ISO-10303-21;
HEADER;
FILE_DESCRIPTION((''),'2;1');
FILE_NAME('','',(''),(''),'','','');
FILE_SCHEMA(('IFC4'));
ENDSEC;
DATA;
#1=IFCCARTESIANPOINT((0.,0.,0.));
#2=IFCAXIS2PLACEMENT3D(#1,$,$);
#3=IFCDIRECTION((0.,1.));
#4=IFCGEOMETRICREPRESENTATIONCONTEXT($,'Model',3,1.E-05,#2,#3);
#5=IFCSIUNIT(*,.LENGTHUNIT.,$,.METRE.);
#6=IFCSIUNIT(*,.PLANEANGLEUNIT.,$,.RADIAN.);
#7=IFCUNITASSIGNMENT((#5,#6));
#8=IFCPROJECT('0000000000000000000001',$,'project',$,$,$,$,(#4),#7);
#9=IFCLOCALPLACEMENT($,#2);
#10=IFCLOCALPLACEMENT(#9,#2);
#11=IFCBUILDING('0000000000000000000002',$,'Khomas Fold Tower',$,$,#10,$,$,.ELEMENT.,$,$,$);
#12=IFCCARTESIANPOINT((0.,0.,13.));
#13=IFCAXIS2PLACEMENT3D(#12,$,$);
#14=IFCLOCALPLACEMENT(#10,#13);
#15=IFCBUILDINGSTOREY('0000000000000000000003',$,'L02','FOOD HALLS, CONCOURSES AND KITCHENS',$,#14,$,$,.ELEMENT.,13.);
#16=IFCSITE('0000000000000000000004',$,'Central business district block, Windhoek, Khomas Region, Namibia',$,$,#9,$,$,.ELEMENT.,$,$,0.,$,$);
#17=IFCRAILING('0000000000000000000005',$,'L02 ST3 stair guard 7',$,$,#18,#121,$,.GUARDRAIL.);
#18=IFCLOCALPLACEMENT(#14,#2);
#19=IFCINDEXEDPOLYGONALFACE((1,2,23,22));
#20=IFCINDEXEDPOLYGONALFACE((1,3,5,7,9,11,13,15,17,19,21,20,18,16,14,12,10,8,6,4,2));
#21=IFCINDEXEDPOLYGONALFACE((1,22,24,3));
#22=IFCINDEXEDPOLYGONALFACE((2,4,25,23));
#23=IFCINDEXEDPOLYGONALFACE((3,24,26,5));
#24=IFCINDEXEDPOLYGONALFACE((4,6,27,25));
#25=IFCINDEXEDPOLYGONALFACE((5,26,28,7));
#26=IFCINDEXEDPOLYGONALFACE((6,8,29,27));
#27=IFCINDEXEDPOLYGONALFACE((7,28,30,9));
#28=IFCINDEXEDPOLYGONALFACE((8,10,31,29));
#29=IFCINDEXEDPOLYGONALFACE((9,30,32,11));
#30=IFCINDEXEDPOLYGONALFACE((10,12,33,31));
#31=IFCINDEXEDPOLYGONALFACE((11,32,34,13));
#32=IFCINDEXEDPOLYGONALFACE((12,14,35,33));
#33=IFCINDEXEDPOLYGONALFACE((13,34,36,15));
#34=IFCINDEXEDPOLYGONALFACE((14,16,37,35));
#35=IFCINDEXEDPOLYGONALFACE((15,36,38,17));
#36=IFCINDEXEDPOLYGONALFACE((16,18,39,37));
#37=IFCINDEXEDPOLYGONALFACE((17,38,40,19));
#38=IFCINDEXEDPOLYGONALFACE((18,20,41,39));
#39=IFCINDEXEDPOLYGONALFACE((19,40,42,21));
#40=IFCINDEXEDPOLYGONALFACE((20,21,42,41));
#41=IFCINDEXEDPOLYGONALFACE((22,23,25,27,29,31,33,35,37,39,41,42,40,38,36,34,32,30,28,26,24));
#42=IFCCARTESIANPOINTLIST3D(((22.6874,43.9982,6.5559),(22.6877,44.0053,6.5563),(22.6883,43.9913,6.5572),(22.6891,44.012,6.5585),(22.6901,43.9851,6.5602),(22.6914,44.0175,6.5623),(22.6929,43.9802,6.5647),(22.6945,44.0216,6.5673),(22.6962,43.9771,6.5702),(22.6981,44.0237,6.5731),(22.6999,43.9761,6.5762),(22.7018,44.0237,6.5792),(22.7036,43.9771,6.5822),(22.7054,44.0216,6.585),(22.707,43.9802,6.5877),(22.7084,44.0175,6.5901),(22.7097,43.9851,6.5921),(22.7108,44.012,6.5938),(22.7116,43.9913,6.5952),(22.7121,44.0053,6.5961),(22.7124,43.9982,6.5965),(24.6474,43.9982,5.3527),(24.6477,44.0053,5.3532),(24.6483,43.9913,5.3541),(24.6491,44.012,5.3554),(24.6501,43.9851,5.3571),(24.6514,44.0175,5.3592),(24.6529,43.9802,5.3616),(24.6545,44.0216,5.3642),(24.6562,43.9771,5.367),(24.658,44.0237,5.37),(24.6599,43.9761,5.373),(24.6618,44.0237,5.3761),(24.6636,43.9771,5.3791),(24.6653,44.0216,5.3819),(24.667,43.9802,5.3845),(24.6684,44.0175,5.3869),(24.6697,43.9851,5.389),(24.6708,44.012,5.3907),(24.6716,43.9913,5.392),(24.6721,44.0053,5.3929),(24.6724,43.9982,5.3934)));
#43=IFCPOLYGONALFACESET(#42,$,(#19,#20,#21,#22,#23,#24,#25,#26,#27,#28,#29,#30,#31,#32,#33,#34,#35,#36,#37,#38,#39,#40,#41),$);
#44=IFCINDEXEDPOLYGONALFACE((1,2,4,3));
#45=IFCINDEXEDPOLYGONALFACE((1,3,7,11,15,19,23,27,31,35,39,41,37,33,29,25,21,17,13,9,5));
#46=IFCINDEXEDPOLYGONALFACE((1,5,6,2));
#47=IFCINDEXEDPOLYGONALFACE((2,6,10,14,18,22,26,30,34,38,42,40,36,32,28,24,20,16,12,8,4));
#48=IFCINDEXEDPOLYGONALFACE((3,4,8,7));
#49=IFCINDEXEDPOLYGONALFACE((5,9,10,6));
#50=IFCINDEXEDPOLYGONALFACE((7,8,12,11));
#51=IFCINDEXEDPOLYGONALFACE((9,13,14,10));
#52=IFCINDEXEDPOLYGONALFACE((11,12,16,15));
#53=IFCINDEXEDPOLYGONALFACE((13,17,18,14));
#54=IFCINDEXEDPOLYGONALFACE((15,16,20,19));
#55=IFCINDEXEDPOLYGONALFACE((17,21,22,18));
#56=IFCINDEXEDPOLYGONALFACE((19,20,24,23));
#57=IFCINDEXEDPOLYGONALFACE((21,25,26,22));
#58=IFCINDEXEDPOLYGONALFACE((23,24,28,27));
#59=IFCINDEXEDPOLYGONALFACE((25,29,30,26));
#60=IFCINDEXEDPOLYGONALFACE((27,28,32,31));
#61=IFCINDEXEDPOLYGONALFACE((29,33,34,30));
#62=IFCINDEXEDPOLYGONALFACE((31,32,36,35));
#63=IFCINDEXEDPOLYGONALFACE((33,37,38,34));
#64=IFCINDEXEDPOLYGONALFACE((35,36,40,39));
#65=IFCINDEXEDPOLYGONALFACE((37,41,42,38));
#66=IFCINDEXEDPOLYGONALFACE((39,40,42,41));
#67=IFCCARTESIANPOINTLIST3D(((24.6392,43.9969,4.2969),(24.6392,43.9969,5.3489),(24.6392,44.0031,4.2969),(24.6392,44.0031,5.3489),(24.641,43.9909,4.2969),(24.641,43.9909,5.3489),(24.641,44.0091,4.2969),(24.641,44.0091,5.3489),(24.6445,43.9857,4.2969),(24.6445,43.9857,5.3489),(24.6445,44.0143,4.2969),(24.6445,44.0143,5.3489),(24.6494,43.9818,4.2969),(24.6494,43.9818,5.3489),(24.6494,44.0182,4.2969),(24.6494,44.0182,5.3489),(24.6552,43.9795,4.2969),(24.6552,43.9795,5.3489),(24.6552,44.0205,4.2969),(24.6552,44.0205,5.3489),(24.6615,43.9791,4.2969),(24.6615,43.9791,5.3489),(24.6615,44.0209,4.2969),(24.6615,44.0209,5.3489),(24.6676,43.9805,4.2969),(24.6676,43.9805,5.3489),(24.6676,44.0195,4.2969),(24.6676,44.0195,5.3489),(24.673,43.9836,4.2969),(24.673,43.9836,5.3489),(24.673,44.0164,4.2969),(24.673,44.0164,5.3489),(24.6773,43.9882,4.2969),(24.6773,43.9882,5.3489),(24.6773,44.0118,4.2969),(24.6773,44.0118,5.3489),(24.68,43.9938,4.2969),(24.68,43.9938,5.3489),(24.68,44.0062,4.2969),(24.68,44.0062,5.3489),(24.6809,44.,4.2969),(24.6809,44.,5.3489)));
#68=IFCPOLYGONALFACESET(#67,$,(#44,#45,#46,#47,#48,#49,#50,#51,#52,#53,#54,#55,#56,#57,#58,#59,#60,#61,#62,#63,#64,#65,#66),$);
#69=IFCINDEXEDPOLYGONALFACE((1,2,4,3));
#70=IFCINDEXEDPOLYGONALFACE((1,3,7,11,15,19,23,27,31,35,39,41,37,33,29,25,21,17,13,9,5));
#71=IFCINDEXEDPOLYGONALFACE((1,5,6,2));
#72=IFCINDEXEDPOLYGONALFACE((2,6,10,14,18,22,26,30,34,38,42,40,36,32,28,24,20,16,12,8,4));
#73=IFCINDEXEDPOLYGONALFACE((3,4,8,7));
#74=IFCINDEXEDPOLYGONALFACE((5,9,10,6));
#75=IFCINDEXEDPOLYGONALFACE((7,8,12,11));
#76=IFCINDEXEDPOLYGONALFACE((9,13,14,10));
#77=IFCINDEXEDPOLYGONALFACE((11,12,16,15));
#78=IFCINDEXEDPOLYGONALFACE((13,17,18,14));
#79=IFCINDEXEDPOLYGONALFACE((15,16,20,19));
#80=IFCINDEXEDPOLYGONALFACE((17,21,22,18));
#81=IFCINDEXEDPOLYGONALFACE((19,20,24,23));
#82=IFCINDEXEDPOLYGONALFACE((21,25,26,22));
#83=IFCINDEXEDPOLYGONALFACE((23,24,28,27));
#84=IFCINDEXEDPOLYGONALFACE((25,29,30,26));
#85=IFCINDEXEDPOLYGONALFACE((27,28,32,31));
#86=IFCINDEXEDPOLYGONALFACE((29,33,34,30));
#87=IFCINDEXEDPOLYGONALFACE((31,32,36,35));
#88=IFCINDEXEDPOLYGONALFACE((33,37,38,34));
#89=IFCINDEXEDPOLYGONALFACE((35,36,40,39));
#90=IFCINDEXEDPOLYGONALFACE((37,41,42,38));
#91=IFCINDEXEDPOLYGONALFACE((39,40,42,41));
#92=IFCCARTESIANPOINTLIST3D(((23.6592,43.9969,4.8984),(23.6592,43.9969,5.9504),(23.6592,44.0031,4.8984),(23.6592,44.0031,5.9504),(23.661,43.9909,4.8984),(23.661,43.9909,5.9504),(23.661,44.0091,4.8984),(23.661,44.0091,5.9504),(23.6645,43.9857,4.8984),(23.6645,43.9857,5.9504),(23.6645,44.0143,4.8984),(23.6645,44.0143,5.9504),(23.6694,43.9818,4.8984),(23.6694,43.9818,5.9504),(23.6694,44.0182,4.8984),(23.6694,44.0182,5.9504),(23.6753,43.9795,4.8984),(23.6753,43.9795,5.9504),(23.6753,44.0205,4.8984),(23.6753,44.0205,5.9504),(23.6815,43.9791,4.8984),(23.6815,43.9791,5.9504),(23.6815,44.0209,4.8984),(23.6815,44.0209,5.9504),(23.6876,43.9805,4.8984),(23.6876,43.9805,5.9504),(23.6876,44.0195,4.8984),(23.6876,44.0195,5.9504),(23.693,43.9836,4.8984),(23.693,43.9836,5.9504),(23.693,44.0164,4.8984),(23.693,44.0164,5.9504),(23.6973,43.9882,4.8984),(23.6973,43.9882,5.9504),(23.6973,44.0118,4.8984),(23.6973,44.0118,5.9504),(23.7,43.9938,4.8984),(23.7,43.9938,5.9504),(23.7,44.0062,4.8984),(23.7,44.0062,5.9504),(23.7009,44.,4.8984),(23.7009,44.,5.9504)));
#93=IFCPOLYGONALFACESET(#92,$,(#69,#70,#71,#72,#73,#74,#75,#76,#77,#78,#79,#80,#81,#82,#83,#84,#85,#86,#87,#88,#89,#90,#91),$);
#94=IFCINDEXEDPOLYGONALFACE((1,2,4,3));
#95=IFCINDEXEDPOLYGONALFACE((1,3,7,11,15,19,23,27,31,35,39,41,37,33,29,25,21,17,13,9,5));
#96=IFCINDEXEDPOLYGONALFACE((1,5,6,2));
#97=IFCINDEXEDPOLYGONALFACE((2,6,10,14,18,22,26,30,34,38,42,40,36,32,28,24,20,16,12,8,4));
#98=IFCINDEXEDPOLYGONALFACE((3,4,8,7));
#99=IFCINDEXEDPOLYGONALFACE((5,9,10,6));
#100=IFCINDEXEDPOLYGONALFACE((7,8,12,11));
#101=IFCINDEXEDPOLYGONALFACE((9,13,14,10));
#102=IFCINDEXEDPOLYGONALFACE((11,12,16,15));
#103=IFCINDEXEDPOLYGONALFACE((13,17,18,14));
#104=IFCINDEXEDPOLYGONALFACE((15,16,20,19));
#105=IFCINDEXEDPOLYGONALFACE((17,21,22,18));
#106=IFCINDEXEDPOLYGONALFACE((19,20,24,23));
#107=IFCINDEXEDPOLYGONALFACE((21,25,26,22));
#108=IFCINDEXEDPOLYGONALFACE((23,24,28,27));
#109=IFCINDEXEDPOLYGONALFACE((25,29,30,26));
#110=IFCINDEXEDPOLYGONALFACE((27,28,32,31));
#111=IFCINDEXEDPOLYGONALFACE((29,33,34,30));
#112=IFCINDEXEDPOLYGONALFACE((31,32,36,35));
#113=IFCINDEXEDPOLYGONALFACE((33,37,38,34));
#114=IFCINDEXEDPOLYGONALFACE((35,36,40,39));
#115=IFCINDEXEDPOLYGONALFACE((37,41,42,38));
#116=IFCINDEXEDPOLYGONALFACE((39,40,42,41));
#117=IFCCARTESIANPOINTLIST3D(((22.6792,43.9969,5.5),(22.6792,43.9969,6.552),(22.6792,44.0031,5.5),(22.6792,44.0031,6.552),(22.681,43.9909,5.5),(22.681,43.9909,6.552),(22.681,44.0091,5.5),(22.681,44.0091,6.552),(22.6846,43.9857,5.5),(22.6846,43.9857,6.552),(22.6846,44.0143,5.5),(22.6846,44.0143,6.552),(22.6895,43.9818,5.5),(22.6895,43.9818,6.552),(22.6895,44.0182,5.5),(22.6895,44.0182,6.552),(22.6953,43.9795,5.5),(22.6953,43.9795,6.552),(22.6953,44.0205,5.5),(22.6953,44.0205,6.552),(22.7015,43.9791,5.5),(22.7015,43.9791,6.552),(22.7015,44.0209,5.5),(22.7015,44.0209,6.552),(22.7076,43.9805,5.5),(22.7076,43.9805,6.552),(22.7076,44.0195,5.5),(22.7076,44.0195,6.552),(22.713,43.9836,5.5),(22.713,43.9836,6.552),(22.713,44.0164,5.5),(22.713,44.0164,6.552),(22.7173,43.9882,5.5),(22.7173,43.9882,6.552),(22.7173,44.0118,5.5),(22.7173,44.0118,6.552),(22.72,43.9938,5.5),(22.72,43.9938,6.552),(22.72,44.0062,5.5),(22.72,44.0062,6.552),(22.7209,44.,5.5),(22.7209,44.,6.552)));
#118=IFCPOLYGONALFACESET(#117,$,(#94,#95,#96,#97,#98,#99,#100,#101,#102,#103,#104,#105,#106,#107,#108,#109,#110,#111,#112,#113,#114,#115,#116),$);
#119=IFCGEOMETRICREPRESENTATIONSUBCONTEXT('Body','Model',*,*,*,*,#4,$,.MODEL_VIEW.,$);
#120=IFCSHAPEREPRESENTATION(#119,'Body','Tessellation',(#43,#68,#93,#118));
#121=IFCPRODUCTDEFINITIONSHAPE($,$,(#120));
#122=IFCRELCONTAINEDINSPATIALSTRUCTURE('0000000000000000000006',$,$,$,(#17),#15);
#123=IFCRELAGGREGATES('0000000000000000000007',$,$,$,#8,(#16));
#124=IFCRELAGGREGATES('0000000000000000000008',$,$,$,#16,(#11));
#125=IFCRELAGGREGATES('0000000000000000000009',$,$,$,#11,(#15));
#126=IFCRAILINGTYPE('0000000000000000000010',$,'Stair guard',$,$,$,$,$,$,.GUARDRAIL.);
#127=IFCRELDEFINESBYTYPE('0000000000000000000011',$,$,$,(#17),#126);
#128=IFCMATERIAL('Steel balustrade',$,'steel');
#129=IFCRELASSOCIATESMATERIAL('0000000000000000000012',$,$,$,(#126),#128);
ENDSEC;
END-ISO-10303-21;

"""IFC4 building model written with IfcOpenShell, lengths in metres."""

from ifc_helpers import new_model, si_unit, direction, frame, origin, origin_2d, place, context, subcontext, project, spatial, circle, extrude, source, transform, mapped, material, type_object, element, save


model = new_model("IFC4")

# Units and contexts
model_context = context("Model", 3, precision=1e-05, world=origin(), true_north=direction((0.0, 1.0)))
body_context = subcontext(model_context, "Body", "Model", "MODEL_VIEW")
ifc_project = project(units=[si_unit("LENGTHUNIT", "METRE"), si_unit("PLANEANGLEUNIT", "RADIAN")], contexts=[model_context])

# Site, building, storey
site_placement = place(None, origin())
site = spatial("IfcSite", under=ifc_project, at=site_placement, Name="Central business district block, Windhoek, Khomas Region, Namibia", CompositionType="ELEMENT", RefElevation=0.0)
building_placement = place(site_placement, origin())
building = spatial("IfcBuilding", under=site, at=building_placement, Name="Khomas Fold Tower", CompositionType="ELEMENT")
storey_placement = place(building_placement, frame((0.0, 0.0, 13.0)))
storey = spatial("IfcBuildingStorey", under=building, at=storey_placement, Name="L02", Description="FOOD HALLS, CONCOURSES AND KITCHENS", CompositionType="ELEMENT", Elevation=13.0)

# Railing
ifc_material_1 = material(Name="Steel balustrade", Category="steel")
railing_type_1 = type_object("IfcRailingType", Name="Stair guard", PredefinedType="GUARDRAIL", material=ifc_material_1)
shared_shape_1 = source(origin(), body_context, "Body", "SweptSolid", [
    extrude(circle(Radius=0.0239, at=origin_2d()), frame((0.0, 0.0, 1.0762), z_axis=(-0.852241, 0.0, 0.523149), x_axis=(0.0, -1.0, 0.0)), (0.0, 0.0, 1.0), 2.2998),
    extrude(circle(Radius=0.021, at=origin_2d()), origin(), (0.0, 0.0, 1.0), 1.052),
    extrude(circle(Radius=0.021, at=origin_2d()), frame((-0.98, 0.0, 0.6016)), (0.0, 0.0, 1.0), 1.052),
    extrude(circle(Radius=0.021, at=origin_2d()), frame((-1.96, 0.0, 1.2031)), (0.0, 0.0, 1.0), 1.052),
])
for number, where, name in (
    (1, (24.6599, 44.0, 4.2969), "L02 ST3 stair guard 7"),
):
    element("IfcRailing", number, at=place(storey_placement, frame(where)), inside=storey, type_object=railing_type_1, Name=name, PredefinedType="GUARDRAIL", context=body_context, shape_type="MappedRepresentation", body=[
        mapped(shared_shape_1, transform((0.0, 0.0, 0.0))),
    ])

save(model, "model.ifc")
